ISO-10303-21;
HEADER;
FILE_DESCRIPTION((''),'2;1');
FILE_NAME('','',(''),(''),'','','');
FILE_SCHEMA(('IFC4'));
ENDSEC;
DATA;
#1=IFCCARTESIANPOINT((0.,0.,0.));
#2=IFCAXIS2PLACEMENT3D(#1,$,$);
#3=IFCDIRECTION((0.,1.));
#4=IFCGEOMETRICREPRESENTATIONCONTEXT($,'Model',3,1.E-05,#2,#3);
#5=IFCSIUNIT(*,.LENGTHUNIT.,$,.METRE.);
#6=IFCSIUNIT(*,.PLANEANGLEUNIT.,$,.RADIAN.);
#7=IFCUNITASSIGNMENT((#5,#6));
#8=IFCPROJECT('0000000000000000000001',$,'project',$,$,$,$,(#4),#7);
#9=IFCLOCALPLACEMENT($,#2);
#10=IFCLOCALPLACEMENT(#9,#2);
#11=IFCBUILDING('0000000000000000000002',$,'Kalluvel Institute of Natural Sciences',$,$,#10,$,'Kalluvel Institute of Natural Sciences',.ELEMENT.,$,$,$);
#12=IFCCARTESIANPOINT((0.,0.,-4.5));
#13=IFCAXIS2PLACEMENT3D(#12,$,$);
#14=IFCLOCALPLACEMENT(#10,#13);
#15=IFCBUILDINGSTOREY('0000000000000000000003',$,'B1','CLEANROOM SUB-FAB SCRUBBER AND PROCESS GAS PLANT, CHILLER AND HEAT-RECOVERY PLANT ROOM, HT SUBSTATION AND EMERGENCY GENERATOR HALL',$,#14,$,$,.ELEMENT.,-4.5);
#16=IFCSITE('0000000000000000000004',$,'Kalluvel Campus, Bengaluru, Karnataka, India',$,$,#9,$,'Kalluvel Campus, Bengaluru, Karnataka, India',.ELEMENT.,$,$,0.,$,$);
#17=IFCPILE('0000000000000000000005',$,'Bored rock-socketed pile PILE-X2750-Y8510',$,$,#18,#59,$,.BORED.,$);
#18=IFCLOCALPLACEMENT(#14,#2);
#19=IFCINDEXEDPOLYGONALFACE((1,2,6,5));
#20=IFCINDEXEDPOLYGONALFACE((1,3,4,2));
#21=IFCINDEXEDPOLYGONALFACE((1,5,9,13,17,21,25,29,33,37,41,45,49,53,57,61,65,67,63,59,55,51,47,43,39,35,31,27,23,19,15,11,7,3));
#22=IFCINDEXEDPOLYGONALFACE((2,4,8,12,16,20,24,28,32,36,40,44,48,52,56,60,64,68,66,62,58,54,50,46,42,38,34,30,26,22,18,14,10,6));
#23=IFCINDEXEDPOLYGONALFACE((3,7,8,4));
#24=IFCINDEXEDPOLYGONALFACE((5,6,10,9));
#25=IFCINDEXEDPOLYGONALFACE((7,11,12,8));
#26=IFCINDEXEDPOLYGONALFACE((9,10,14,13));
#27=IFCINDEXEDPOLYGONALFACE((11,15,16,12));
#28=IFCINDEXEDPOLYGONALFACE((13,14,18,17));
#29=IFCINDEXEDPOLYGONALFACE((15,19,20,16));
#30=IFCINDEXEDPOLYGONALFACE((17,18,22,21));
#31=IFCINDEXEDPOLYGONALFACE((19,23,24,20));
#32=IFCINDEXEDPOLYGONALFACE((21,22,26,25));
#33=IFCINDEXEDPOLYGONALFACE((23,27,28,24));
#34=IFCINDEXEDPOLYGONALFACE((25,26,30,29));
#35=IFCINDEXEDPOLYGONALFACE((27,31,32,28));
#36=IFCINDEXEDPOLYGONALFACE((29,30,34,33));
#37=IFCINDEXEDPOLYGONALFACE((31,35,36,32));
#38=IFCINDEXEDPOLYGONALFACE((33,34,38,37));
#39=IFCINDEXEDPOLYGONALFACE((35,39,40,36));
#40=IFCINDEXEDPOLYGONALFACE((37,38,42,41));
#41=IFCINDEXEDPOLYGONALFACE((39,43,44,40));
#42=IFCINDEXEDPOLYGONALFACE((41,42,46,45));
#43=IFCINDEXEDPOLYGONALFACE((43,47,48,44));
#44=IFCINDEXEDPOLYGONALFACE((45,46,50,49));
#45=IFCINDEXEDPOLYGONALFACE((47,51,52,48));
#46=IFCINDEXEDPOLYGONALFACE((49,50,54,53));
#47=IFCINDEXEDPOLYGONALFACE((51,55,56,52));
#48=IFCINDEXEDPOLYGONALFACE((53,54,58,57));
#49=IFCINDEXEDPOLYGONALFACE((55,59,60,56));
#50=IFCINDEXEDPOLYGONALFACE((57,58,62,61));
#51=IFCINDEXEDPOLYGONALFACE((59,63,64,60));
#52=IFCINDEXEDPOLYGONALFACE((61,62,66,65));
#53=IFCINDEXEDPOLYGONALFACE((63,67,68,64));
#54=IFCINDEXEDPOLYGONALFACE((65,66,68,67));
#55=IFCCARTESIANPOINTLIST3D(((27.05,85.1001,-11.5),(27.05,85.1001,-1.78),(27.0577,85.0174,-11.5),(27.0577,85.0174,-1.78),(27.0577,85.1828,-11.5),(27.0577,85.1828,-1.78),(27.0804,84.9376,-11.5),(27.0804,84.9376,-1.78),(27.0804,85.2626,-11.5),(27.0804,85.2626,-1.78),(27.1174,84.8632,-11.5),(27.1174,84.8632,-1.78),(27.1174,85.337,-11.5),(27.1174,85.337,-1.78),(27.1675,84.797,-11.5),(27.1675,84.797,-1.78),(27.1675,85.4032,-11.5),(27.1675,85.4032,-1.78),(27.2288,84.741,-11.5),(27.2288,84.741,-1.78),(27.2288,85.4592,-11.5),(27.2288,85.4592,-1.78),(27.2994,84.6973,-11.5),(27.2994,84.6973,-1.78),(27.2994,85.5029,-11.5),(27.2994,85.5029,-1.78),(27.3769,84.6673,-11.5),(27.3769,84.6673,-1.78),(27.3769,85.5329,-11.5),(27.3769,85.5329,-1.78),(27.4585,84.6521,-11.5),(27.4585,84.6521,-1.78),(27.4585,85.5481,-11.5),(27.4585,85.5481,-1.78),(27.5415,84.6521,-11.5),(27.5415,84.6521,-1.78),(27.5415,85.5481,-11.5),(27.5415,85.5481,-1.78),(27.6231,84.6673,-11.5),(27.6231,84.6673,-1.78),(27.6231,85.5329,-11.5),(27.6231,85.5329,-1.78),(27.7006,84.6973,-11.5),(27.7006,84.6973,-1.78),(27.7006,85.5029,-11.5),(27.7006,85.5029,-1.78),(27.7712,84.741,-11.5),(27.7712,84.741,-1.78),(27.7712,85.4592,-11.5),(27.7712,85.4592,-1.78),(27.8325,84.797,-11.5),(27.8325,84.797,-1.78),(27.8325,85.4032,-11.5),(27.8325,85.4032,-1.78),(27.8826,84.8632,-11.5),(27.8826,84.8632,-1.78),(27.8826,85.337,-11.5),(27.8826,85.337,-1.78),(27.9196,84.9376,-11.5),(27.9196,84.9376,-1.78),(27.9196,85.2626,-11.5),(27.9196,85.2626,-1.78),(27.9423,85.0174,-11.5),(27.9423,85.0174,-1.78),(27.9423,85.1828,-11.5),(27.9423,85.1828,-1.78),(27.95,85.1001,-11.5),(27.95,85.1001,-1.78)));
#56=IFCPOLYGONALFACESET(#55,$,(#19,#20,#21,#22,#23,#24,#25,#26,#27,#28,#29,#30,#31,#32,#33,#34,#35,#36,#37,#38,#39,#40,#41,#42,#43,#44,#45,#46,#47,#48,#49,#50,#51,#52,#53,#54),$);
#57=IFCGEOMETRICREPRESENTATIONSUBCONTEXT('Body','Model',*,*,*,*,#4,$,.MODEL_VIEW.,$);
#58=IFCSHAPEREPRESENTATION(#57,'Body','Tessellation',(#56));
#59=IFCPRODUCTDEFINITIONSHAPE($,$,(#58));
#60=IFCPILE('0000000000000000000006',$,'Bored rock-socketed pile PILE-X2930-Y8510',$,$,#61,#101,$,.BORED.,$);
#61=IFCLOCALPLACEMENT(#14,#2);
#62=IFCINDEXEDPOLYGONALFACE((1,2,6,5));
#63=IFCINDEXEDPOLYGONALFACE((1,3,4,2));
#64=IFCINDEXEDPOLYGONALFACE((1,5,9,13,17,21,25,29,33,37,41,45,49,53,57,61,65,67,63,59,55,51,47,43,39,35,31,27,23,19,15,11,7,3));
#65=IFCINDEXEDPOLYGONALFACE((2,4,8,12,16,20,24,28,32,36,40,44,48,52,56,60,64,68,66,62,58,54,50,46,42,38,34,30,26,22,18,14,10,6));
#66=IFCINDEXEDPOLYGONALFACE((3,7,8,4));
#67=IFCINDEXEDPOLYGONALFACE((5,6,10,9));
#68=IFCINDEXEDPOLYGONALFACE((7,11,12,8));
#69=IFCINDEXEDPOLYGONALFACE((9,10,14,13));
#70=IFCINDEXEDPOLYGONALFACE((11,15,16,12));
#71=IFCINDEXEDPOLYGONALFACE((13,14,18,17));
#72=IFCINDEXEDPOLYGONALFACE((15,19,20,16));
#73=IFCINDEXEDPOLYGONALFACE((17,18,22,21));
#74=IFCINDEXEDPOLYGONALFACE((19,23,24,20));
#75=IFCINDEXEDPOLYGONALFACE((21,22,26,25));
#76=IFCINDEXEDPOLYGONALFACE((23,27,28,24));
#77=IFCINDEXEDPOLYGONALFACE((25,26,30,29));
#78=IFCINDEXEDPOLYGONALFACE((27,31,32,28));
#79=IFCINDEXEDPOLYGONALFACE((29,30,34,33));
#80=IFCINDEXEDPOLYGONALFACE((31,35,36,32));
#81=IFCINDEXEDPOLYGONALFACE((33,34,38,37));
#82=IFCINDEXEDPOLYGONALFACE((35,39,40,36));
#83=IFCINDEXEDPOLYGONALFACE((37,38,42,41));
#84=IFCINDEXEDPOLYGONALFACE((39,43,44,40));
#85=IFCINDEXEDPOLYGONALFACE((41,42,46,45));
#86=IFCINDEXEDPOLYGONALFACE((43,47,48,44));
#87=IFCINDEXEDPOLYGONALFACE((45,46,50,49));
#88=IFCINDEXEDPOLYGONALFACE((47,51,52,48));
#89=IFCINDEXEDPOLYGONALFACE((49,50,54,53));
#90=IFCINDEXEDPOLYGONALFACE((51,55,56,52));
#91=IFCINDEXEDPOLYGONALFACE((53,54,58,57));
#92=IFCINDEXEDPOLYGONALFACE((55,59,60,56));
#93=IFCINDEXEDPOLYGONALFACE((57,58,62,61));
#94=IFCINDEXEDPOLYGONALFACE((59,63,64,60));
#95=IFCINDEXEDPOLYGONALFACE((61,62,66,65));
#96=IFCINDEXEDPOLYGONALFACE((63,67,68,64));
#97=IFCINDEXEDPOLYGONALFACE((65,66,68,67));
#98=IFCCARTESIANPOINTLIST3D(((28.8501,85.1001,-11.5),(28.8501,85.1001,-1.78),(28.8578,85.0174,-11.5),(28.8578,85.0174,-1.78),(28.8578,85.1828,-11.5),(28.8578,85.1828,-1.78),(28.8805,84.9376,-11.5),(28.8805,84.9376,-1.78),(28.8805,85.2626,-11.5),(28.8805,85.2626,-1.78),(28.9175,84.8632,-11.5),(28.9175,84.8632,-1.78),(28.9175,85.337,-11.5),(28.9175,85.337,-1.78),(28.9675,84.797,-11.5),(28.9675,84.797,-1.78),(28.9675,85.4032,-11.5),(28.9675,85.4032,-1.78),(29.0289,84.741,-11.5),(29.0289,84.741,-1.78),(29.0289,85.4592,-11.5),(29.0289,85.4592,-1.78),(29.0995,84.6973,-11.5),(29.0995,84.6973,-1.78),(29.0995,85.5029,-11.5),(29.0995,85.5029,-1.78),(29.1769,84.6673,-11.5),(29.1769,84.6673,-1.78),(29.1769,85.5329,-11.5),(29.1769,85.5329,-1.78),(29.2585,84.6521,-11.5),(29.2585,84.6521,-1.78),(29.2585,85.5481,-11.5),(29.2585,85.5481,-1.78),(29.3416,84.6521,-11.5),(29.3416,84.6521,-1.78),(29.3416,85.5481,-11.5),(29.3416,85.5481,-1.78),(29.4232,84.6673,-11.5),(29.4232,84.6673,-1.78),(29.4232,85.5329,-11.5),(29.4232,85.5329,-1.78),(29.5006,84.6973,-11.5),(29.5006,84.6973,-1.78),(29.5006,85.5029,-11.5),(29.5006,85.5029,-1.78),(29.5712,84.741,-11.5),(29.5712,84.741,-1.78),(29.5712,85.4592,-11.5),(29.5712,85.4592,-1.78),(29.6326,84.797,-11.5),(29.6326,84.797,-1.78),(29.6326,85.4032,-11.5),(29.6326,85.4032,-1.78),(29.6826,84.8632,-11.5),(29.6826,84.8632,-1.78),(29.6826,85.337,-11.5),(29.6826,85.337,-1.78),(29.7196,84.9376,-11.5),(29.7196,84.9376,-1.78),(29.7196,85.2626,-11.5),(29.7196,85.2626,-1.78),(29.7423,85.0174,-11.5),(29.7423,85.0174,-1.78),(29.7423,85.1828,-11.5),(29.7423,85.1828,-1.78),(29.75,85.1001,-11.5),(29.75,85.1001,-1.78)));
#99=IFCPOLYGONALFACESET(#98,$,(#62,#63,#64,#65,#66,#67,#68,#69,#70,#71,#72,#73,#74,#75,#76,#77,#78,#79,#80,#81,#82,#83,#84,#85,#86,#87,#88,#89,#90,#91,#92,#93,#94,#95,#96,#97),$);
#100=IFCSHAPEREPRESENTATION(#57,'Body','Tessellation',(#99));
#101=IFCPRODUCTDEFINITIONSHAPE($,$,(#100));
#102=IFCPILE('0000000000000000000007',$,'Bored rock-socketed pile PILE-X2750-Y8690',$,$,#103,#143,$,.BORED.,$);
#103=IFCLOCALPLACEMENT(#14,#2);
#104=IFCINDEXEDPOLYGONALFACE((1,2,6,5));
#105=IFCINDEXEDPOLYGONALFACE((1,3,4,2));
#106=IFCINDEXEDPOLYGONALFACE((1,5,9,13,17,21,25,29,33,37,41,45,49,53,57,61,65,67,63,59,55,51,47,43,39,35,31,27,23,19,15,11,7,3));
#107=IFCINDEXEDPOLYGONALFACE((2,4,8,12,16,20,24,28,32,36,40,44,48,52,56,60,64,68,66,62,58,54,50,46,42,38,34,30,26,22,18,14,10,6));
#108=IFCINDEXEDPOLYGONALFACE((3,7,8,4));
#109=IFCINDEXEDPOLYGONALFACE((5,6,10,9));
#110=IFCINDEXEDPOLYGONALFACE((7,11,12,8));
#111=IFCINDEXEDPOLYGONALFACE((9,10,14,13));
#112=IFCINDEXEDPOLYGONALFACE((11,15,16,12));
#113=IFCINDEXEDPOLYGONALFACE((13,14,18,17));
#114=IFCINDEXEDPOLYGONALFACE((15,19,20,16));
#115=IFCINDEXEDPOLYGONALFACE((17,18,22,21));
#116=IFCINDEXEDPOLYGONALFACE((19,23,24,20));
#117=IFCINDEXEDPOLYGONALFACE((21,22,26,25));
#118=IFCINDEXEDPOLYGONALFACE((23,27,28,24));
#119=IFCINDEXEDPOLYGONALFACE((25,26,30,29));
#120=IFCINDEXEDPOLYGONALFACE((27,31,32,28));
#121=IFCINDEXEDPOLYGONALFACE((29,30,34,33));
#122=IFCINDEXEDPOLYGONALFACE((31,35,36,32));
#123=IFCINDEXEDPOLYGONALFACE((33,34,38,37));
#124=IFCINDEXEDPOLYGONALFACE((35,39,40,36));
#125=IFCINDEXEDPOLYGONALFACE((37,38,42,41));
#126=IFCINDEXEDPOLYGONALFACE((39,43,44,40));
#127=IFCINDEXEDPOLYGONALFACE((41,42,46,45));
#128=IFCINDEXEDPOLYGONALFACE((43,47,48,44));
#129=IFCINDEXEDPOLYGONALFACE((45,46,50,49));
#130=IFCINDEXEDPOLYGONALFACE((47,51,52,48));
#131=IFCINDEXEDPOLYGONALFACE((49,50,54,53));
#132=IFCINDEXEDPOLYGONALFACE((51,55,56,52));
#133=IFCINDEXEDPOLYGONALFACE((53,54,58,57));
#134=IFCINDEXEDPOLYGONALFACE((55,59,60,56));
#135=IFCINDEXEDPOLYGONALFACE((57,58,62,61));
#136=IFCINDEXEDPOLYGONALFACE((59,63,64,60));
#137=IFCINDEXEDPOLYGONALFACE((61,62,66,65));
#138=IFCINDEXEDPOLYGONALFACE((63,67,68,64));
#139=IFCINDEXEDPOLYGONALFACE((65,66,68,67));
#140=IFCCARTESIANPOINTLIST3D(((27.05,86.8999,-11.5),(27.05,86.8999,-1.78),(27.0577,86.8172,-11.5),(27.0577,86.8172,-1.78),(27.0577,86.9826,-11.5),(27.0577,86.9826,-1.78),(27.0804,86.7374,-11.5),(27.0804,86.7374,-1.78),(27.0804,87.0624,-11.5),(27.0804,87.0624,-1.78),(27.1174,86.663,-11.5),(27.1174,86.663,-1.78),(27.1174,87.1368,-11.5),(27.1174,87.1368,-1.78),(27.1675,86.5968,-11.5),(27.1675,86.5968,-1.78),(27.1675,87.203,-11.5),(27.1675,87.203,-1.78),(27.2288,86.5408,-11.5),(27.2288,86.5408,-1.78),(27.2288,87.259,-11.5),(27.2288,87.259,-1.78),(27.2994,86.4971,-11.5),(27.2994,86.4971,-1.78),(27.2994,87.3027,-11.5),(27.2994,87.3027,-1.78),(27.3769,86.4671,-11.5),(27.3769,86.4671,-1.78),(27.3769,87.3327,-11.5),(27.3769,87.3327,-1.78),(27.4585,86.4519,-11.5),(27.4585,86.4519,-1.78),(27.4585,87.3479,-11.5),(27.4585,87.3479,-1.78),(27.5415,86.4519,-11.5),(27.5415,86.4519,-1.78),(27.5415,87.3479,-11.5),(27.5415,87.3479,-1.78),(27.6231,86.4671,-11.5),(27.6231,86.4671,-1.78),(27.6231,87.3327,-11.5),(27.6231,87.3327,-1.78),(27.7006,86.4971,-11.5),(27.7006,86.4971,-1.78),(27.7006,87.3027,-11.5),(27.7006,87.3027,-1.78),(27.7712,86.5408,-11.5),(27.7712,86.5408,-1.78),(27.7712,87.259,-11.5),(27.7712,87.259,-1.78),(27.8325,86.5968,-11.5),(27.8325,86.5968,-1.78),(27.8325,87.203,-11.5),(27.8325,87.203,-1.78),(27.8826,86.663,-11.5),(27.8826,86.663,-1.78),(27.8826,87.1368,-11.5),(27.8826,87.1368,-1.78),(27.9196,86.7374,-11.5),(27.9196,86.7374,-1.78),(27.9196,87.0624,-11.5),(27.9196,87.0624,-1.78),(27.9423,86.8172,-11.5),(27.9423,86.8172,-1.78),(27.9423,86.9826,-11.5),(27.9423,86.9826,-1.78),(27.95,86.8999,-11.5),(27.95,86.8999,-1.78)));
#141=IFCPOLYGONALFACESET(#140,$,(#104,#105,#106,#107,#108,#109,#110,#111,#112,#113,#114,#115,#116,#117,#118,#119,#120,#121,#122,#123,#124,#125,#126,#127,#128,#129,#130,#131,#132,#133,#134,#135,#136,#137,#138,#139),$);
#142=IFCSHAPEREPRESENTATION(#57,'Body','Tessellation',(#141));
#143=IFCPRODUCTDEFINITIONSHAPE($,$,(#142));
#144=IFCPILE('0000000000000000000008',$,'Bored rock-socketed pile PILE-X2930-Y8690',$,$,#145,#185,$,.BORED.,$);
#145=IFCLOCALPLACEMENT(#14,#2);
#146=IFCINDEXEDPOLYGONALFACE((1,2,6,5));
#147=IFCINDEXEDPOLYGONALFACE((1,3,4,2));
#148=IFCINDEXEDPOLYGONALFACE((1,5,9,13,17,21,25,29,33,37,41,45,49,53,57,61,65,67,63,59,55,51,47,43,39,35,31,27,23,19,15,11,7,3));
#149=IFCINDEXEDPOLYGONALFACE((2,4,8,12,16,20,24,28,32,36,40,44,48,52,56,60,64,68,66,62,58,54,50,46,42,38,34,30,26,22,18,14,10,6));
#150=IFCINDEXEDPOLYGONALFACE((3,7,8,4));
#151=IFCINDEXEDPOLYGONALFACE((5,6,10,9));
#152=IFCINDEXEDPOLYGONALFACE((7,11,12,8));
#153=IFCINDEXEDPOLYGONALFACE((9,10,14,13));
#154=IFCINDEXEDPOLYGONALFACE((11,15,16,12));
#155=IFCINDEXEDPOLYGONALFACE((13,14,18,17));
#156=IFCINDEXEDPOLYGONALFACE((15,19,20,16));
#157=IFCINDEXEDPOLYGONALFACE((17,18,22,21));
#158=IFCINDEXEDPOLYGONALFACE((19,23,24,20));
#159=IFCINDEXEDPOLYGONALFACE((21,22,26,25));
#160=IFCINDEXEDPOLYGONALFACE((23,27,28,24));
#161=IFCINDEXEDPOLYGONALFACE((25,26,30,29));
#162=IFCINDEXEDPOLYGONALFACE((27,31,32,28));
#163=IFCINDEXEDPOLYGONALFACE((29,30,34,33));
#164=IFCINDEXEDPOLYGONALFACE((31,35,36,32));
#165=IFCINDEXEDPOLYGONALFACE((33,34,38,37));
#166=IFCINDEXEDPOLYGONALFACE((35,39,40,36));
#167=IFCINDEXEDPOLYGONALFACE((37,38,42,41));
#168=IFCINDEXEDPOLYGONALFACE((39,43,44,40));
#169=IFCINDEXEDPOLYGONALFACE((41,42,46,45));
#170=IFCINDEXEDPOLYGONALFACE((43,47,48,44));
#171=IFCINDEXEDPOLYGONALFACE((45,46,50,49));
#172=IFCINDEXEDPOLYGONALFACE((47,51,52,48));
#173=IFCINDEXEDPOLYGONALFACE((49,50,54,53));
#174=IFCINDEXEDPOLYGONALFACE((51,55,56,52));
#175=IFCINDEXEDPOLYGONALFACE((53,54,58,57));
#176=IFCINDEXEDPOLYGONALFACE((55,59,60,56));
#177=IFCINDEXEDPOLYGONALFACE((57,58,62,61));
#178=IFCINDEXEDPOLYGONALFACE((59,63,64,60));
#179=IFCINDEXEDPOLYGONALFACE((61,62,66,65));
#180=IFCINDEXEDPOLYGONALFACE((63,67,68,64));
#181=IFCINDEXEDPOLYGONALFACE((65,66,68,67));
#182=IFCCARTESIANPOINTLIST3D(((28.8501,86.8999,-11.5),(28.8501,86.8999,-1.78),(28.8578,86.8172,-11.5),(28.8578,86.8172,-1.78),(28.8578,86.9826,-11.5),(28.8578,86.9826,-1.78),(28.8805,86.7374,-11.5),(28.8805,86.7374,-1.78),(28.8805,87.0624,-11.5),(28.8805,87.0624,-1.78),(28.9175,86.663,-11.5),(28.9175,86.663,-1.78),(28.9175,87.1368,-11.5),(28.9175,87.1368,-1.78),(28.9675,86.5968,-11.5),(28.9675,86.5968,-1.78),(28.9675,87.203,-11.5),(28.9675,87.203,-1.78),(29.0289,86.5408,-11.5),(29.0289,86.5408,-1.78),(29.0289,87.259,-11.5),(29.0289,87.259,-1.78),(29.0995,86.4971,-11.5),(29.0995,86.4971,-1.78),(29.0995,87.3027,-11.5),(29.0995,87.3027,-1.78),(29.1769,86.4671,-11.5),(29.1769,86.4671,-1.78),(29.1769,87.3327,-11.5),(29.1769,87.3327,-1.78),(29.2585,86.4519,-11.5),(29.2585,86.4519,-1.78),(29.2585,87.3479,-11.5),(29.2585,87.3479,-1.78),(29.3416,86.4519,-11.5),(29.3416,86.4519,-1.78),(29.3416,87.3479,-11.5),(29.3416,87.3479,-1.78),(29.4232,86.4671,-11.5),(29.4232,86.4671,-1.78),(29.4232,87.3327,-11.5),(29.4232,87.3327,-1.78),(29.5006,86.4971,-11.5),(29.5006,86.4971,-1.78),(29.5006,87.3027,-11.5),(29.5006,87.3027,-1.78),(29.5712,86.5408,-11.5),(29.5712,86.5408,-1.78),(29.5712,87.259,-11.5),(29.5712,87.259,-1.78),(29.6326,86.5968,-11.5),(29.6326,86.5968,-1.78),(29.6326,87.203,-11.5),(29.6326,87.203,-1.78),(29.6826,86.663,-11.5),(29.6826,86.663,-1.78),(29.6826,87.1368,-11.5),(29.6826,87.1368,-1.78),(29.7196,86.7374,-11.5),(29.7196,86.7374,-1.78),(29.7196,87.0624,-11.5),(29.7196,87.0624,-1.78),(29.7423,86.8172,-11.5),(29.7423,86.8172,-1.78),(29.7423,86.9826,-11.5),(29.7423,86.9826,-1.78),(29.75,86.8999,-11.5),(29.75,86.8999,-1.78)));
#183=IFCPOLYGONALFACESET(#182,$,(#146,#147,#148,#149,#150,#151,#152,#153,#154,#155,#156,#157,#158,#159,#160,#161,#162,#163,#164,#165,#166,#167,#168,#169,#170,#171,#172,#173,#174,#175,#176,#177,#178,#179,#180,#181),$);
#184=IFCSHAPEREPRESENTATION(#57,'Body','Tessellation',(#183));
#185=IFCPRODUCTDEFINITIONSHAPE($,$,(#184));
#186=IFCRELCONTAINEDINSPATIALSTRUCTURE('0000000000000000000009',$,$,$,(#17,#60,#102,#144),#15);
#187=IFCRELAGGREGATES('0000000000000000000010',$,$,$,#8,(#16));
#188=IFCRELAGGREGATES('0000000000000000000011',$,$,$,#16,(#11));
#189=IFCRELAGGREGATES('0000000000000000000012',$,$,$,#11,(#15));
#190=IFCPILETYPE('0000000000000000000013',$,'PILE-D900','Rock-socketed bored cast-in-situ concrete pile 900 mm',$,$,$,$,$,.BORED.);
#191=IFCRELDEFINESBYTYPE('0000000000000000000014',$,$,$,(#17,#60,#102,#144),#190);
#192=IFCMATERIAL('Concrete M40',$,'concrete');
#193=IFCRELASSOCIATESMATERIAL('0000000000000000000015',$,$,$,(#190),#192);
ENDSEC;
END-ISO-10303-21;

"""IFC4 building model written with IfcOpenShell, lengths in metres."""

from ifc_helpers import new_model, si_unit, direction, frame, origin, origin_2d, place, context, subcontext, project, spatial, circle, extrude, material, material_profile, profile_set, type_object, element, save


model = new_model("IFC4")

# Units and contexts
model_context = context("Model", 3, precision=1e-05, world=origin(), true_north=direction((0.0, 1.0)))
body_context = subcontext(model_context, "Body", "Model", "MODEL_VIEW")
ifc_project = project(units=[si_unit("LENGTHUNIT", "METRE"), si_unit("PLANEANGLEUNIT", "RADIAN")], contexts=[model_context])

# Site, building, storey
site_placement = place(None, origin())
site = spatial("IfcSite", under=ifc_project, at=site_placement, Name="Kalluvel Campus, Bengaluru, Karnataka, India", LongName="Kalluvel Campus, Bengaluru, Karnataka, India", CompositionType="ELEMENT", RefElevation=0.0)
building_placement = place(site_placement, origin())
building = spatial("IfcBuilding", under=site, at=building_placement, Name="Kalluvel Institute of Natural Sciences", LongName="Kalluvel Institute of Natural Sciences", CompositionType="ELEMENT")
storey_placement = place(building_placement, frame((0.0, 0.0, -4.5)))
storey = spatial("IfcBuildingStorey", under=building, at=storey_placement, Name="B1", Description="CLEANROOM SUB-FAB SCRUBBER AND PROCESS GAS PLANT, CHILLER AND HEAT-RECOVERY PLANT ROOM, HT SUBSTATION AND EMERGENCY GENERATOR HALL", CompositionType="ELEMENT", Elevation=-4.5)

# Shared definitions
ifc_material_1 = material(Name="Concrete M40", Category="concrete")

# Piles
ifc_material_profile_1 = material_profile(ifc_material_1, circle(Radius=0.45, at=origin_2d()), Name="PILE D900")
ifc_profile_set_1 = profile_set([ifc_material_profile_1], Name="Concrete M40")
pile_type_1 = type_object("IfcPileType", Name="PILE-D900", Description="Rock-socketed bored cast-in-situ concrete pile 900 mm", PredefinedType="BORED", material=ifc_profile_set_1)
for number, where, z_axis, x_axis, name in (
    (1, (27.5, 85.1001, -1.78), (0.0, 0.0, -1.0), (1.0, 0.0, 0.0), "Bored rock-socketed pile PILE-X2750-Y8510"),
    (2, (29.3, 85.1001, -1.78), (0.0, 0.0, -1.0), (1.0, 0.0, 0.0), "Bored rock-socketed pile PILE-X2930-Y8510"),
    (3, (27.5, 86.8999, -1.78), (0.0, 0.0, -1.0), (1.0, 0.0, 0.0), "Bored rock-socketed pile PILE-X2750-Y8690"),
    (4, (29.3, 86.8999, -1.78), (0.0, 0.0, -1.0), (1.0, 0.0, 0.0), "Bored rock-socketed pile PILE-X2930-Y8690"),
):
    element("IfcPile", number, at=place(storey_placement, frame(where, z_axis=z_axis, x_axis=x_axis)), inside=storey, type_object=pile_type_1, Name=name, PredefinedType="BORED", context=body_context, shape_type="SweptSolid", body=[
        extrude(circle(Radius=0.45, at=origin_2d()), origin(), (0.0, 0.0, 1.0), 9.72),
    ])

save(model, "model.ifc")
